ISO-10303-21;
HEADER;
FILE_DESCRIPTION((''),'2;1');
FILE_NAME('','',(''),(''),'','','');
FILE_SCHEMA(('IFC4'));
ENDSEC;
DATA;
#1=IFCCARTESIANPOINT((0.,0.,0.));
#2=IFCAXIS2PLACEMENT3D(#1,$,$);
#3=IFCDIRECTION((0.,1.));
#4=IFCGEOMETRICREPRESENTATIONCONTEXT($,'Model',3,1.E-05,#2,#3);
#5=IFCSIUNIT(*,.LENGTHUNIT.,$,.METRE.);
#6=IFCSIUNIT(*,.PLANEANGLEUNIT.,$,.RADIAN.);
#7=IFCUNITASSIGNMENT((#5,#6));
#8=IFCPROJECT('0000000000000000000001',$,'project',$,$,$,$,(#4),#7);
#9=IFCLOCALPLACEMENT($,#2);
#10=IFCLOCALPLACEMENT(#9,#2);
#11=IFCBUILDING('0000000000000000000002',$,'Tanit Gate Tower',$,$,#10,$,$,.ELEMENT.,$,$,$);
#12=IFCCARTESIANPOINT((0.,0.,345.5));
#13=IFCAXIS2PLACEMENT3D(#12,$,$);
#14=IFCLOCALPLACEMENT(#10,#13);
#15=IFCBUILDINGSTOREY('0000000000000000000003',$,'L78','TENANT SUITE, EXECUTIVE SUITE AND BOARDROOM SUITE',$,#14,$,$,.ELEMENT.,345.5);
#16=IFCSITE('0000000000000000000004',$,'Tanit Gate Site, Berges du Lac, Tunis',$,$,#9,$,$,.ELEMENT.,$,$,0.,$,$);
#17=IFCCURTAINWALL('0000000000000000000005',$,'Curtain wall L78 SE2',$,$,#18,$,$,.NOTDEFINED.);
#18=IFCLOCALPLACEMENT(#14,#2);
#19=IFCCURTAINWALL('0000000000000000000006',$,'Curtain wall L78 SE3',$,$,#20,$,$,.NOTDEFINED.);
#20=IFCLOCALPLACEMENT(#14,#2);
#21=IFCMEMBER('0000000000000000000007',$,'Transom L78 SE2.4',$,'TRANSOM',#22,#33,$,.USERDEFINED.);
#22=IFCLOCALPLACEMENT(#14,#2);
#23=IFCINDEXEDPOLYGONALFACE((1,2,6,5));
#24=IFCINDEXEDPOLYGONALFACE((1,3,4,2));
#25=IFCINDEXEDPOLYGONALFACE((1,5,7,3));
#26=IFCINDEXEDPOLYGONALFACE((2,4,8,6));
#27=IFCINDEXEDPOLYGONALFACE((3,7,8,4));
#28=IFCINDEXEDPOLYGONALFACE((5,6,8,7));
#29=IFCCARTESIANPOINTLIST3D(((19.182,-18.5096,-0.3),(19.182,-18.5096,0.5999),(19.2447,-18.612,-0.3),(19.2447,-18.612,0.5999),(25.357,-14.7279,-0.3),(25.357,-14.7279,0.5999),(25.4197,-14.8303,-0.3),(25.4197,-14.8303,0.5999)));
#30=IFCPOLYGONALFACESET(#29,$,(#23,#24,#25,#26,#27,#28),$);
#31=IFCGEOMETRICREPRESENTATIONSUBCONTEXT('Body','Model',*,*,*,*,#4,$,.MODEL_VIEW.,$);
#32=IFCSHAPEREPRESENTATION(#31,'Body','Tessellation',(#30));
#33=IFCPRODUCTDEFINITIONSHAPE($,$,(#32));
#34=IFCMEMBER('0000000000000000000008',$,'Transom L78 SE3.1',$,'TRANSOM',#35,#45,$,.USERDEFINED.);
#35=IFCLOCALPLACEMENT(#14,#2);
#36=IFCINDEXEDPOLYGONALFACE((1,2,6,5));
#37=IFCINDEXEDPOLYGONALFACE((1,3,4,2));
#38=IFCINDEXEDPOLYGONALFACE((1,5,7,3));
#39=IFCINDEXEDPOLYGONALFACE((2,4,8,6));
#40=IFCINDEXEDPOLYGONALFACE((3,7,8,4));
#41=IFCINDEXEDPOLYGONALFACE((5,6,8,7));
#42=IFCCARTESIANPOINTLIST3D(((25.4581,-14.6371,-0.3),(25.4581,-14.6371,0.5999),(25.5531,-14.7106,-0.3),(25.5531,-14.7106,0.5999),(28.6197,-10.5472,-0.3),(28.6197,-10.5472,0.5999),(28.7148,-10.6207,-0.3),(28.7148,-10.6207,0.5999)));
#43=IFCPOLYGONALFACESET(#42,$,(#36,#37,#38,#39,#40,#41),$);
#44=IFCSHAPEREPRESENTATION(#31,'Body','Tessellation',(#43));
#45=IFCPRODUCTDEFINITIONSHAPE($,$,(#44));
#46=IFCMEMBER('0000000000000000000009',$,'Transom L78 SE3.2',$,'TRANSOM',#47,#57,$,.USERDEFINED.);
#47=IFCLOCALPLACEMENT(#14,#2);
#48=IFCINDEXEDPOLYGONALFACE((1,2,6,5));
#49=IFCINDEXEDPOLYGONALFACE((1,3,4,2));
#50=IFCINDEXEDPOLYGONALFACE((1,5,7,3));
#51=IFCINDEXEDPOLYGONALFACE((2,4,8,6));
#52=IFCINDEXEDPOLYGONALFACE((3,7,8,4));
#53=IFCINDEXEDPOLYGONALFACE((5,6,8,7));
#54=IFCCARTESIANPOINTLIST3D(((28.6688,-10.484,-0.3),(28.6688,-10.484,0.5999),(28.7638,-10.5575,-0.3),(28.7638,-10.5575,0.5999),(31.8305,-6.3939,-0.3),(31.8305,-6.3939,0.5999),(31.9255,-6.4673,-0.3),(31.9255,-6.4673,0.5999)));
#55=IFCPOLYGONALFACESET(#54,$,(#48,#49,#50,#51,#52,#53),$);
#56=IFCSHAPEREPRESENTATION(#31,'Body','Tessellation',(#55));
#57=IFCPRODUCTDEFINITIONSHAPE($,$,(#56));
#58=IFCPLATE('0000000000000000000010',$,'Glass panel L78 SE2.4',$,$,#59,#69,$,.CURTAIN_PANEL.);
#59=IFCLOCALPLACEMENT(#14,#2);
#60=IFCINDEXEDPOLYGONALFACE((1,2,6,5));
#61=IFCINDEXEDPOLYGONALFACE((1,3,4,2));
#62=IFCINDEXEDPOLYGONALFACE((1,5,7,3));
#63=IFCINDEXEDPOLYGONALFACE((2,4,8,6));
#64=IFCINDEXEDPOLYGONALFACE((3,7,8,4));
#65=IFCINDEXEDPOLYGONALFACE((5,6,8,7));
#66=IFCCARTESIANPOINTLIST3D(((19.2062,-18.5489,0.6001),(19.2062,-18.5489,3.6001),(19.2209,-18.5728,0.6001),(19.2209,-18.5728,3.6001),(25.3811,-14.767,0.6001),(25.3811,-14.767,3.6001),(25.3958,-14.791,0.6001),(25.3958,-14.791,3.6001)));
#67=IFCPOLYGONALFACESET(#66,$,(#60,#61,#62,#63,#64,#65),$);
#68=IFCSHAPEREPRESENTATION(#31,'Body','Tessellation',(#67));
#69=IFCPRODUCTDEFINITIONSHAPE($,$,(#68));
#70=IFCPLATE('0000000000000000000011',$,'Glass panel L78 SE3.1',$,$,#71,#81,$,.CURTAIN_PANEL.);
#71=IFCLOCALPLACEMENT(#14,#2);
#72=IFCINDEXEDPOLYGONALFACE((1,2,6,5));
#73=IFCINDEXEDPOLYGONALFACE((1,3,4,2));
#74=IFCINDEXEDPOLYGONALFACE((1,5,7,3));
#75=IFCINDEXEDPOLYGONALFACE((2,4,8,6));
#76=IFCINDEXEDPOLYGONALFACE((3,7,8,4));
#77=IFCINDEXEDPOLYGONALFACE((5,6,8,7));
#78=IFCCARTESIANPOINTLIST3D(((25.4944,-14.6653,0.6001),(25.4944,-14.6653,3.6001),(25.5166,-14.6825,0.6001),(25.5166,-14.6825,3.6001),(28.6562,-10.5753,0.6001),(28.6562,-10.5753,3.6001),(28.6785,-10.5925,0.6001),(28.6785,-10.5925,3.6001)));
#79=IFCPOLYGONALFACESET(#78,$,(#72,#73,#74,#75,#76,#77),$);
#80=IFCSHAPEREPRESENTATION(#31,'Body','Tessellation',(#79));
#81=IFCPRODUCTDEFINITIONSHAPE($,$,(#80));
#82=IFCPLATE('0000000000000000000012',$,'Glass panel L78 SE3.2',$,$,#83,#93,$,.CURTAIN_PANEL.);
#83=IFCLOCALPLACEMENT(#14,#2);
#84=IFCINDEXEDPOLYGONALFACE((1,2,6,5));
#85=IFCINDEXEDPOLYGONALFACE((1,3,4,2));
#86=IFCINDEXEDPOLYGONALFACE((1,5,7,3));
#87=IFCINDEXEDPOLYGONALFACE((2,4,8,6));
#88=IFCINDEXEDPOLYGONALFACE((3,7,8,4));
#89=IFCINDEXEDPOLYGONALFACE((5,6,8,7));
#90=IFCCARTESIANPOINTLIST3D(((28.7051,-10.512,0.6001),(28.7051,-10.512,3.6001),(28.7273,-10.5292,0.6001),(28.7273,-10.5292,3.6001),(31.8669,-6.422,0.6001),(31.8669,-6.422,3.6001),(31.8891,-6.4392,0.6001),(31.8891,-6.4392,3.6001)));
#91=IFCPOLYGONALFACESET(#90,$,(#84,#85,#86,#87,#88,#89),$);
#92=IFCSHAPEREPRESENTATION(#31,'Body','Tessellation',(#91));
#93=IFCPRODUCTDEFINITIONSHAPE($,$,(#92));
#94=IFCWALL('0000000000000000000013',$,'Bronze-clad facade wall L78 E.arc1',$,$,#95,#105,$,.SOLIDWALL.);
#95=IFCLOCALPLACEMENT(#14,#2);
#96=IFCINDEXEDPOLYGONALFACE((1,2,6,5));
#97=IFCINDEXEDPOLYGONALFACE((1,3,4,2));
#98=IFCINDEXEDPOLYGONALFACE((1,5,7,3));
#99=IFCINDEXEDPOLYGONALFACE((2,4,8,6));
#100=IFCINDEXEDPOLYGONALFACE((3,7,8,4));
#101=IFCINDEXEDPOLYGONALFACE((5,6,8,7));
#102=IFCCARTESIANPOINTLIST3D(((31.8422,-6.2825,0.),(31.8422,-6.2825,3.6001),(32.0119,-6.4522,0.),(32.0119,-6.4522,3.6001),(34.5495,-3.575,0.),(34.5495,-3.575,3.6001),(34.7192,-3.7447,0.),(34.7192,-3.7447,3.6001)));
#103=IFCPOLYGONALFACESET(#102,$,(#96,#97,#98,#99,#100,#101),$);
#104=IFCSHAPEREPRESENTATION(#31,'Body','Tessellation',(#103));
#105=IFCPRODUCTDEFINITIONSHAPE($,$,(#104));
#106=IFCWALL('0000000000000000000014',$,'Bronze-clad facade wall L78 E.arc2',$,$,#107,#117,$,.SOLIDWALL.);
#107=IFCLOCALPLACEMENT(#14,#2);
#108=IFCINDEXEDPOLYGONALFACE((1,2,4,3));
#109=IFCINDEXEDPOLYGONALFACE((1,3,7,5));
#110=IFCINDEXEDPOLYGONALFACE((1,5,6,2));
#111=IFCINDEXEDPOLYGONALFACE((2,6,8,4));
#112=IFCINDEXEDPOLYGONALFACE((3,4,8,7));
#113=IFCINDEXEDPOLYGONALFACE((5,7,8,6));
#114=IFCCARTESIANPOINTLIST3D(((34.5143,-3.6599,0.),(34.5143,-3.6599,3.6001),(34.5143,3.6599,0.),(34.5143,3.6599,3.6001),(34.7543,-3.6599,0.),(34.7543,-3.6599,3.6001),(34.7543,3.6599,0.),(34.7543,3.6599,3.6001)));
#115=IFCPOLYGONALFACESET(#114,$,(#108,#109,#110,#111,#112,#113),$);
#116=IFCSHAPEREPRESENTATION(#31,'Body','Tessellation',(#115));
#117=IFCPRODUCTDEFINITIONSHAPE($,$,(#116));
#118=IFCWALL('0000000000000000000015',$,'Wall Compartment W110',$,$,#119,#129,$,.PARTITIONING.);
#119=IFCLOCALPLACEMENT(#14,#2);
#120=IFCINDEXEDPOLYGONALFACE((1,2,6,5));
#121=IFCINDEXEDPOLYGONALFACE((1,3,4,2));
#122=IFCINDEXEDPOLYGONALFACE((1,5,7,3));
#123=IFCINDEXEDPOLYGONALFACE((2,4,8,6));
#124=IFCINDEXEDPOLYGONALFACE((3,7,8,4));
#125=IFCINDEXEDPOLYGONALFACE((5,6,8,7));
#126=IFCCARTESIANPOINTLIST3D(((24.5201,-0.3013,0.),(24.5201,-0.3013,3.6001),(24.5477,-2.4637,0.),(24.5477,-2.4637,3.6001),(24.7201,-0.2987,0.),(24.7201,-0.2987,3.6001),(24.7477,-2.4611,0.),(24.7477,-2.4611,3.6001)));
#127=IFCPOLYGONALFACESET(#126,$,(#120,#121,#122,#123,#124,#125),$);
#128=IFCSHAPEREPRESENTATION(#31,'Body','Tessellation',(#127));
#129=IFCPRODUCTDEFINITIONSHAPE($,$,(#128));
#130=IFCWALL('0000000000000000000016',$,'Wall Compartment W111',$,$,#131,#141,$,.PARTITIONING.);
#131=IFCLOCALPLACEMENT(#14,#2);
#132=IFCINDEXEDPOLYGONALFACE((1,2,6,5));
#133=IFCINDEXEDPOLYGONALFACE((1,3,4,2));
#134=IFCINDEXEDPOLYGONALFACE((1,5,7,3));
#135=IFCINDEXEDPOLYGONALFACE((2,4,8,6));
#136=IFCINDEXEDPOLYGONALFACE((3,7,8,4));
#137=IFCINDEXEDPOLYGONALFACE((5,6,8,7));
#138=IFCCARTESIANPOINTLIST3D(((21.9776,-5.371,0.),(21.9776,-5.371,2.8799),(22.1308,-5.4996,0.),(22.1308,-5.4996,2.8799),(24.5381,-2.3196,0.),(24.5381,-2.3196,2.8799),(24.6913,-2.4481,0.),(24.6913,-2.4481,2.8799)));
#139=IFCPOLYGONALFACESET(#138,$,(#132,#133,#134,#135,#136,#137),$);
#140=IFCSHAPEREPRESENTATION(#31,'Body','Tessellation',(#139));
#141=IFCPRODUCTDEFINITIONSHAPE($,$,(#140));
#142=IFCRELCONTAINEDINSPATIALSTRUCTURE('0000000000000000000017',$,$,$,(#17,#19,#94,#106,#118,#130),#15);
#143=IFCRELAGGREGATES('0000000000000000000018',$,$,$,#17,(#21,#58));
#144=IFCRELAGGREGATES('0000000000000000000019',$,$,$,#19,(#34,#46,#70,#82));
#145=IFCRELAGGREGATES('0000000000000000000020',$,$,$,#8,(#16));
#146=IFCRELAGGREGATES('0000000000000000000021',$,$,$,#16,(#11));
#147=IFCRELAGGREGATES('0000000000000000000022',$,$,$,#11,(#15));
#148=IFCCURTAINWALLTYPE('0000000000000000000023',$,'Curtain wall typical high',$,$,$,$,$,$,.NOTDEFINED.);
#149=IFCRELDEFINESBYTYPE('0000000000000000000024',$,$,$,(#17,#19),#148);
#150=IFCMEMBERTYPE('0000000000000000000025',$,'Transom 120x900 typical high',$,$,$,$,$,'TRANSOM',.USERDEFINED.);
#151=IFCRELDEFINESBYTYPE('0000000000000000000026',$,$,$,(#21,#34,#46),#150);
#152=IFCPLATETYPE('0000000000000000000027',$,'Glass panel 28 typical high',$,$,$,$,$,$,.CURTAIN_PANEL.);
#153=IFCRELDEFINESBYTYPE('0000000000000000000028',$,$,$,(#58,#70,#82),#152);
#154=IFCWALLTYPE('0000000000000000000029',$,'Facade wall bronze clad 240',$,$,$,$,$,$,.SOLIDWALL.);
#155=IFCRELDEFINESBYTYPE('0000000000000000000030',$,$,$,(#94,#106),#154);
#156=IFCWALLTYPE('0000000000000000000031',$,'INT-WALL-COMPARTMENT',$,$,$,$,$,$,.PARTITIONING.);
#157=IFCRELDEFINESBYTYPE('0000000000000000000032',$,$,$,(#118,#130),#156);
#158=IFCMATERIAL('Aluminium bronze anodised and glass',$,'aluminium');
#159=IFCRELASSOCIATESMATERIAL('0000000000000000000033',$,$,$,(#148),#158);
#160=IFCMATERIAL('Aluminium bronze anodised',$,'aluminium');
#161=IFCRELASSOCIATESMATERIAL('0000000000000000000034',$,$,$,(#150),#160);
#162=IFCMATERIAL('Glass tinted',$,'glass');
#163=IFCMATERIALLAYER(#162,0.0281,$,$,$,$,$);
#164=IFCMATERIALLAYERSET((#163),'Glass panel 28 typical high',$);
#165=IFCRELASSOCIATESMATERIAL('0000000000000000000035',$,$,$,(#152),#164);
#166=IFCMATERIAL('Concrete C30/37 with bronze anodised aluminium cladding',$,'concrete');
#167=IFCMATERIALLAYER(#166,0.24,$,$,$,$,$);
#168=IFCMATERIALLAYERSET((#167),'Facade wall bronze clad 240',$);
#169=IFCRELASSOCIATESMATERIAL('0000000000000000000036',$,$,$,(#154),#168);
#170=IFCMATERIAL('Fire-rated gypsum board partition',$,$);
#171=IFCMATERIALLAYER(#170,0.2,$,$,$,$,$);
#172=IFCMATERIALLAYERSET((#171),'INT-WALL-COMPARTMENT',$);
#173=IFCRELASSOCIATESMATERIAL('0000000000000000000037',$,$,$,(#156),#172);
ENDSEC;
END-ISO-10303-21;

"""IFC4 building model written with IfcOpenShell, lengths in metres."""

from ifc_helpers import new_model, si_unit, direction, frame, frame_2d, origin, origin_2d, place, context, subcontext, project, spatial, rectangle, extrude, material, layer, layer_set, material_profile, profile_set, type_object, element, aggregate, save


model = new_model("IFC4")

# Units and contexts
model_context = context("Model", 3, precision=1e-05, world=origin(), true_north=direction((0.0, 1.0)))
body_context = subcontext(model_context, "Body", "Model", "MODEL_VIEW")
ifc_project = project(units=[si_unit("LENGTHUNIT", "METRE"), si_unit("PLANEANGLEUNIT", "RADIAN")], contexts=[model_context])

# Site, building, storey
site_placement = place(None, origin())
site = spatial("IfcSite", under=ifc_project, at=site_placement, Name="Tanit Gate Site, Berges du Lac, Tunis", CompositionType="ELEMENT", RefElevation=0.0)
building_placement = place(site_placement, origin())
building = spatial("IfcBuilding", under=site, at=building_placement, Name="Tanit Gate Tower", CompositionType="ELEMENT")
storey_placement = place(building_placement, frame((0.0, 0.0, 345.5)))
storey = spatial("IfcBuildingStorey", under=building, at=storey_placement, Name="L78", Description="TENANT SUITE, EXECUTIVE SUITE AND BOARDROOM SUITE", CompositionType="ELEMENT", Elevation=345.5)

# Curtain wall
ifc_material_1 = material(Name="Aluminium bronze anodised and glass", Category="aluminium")
curtain_wall_type = type_object("IfcCurtainWallType", Name="Curtain wall typical high", PredefinedType="NOTDEFINED", material=ifc_material_1)
curtain_wall_1_placement = place(storey_placement, origin())
curtain_wall_1 = element("IfcCurtainWall", 1, at=curtain_wall_1_placement, inside=storey, type_object=curtain_wall_type, Name="Curtain wall L78 SE2", PredefinedType="NOTDEFINED")

# Curtain wall
curtain_wall_2_placement = place(storey_placement, origin())
curtain_wall_2 = element("IfcCurtainWall", 2, at=curtain_wall_2_placement, inside=storey, type_object=curtain_wall_type, Name="Curtain wall L78 SE3", PredefinedType="NOTDEFINED")

# Members
ifc_material_2 = material(Name="Aluminium bronze anodised", Category="aluminium")
ifc_material_profile_1 = material_profile(ifc_material_2, rectangle(XDim=0.1201, YDim=0.8999, at=origin_2d()), Name="120x900 bronze transom")
ifc_profile_set_1 = profile_set([ifc_material_profile_1], Name="Aluminium bronze anodised")
member_type_1 = type_object("IfcMemberType", Name="Transom 120x900 typical high", ElementType="TRANSOM", PredefinedType="USERDEFINED", material=ifc_profile_set_1)
member_1_placement = place(storey_placement, frame((19.2134, -18.5608, 0.1499), z_axis=(0.852784, 0.522264, 0.0), x_axis=(-0.522264, 0.852784, 0.0)))
member_1 = element("IfcMember", 3, at=member_1_placement, type_object=member_type_1, Name="Transom L78 SE2.4", ObjectType="TRANSOM", PredefinedType="USERDEFINED", context=body_context, shape_type="SweptSolid", body=[
    extrude(rectangle(XDim=0.1201, YDim=0.8999, at=origin_2d()), origin(), (0.0, 0.0, 1.0), 7.241),
])
member_2_placement = place(storey_placement, frame((25.5056, -14.6738, 0.1499), z_axis=(0.611603, 0.791165, 0.0), x_axis=(-0.791165, 0.611603, 0.0)))
member_2 = element("IfcMember", 4, at=member_2_placement, type_object=member_type_1, Name="Transom L78 SE3.1", ObjectType="TRANSOM", PredefinedType="USERDEFINED", context=body_context, shape_type="SweptSolid", body=[
    extrude(rectangle(XDim=0.1201, YDim=0.8999, at=origin_2d()), origin(), (0.0, 0.0, 1.0), 5.1694),
])
member_3_placement = place(storey_placement, frame((28.7163, -10.5208, 0.1499), z_axis=(0.611581, 0.791182, 0.0), x_axis=(-0.791182, 0.611581, 0.0)))
member_3 = element("IfcMember", 5, at=member_3_placement, type_object=member_type_1, Name="Transom L78 SE3.2", ObjectType="TRANSOM", PredefinedType="USERDEFINED", context=body_context, shape_type="SweptSolid", body=[
    extrude(rectangle(XDim=0.1201, YDim=0.8999, at=origin_2d()), origin(), (0.0, 0.0, 1.0), 5.1697),
])

# Plates
ifc_material_3 = material(Name="Glass tinted", Category="glass")
ifc_layer_1 = layer(ifc_material_3, 0.0281)
ifc_layer_set_1 = layer_set([ifc_layer_1], Name="Glass panel 28 typical high")
plate_type = type_object("IfcPlateType", Name="Glass panel 28 typical high", PredefinedType="CURTAIN_PANEL", material=ifc_layer_set_1)
plate_1_placement = place(storey_placement, frame((22.301, -16.6699, 0.6001), z_axis=(0.0, 0.0, 1.0), x_axis=(0.852772, 0.522283, 0.0)))
plate_1 = element("IfcPlate", 6, at=plate_1_placement, type_object=plate_type, Name="Glass panel L78 SE2.4", PredefinedType="CURTAIN_PANEL", context=body_context, shape_type="SweptSolid", body=[
    extrude(rectangle(XDim=7.241, YDim=0.0281, at=origin_2d()), origin(), (0.0, 0.0, 1.0), 3.0),
])
aggregate(curtain_wall_1, [member_1, plate_1])
plate_2_placement = place(storey_placement, frame((27.0864, -12.6289, 0.6001), z_axis=(0.0, 0.0, 1.0), x_axis=(0.611613, 0.791157, 0.0)))
plate_2 = element("IfcPlate", 7, at=plate_2_placement, type_object=plate_type, Name="Glass panel L78 SE3.1", PredefinedType="CURTAIN_PANEL", context=body_context, shape_type="SweptSolid", body=[
    extrude(rectangle(XDim=5.1697, YDim=0.0281, at=origin_2d()), origin(), (0.0, 0.0, 1.0), 3.0),
])
plate_3_placement = place(storey_placement, frame((30.2971, -8.4756, 0.6001), z_axis=(0.0, 0.0, 1.0), x_axis=(0.611613, 0.791157, 0.0)))
plate_3 = element("IfcPlate", 8, at=plate_3_placement, type_object=plate_type, Name="Glass panel L78 SE3.2", PredefinedType="CURTAIN_PANEL", context=body_context, shape_type="SweptSolid", body=[
    extrude(rectangle(XDim=5.1697, YDim=0.0281, at=origin_2d()), origin(), (0.0, 0.0, 1.0), 3.0),
])
aggregate(curtain_wall_2, [member_2, member_3, plate_2, plate_3])

# Walls
ifc_material_4 = material(Name="Concrete C30/37 with bronze anodised aluminium cladding", Category="concrete")
ifc_layer_2 = layer(ifc_material_4, 0.24)
ifc_layer_set_2 = layer_set([ifc_layer_2], Name="Facade wall bronze clad 240")
wall_type_1 = type_object("IfcWallType", Name="Facade wall bronze clad 240", PredefinedType="SOLIDWALL", material=ifc_layer_set_2)
wall_1_placement = place(storey_placement, frame((31.927, -6.3674, 0.0), z_axis=(0.0, 0.0, 1.0), x_axis=(0.707075, 0.707139, 0.0)))
element("IfcWall", 9, at=wall_1_placement, inside=storey, type_object=wall_type_1, Name="Bronze-clad facade wall L78 E.arc1", PredefinedType="SOLIDWALL", context=body_context, shape_type="SweptSolid", body=[
    extrude(rectangle(XDim=3.8289, YDim=0.24, at=frame_2d((1.9146, 0.0))), origin(), (0.0, 0.0, 1.0), 3.6001),
])
wall_2_placement = place(storey_placement, frame((34.6343, -3.6599, 0.0), z_axis=(0.0, 0.0, 1.0), x_axis=(0.0, 1.0, 0.0)))
element("IfcWall", 10, at=wall_2_placement, inside=storey, type_object=wall_type_1, Name="Bronze-clad facade wall L78 E.arc2", PredefinedType="SOLIDWALL", context=body_context, shape_type="SweptSolid", body=[
    extrude(rectangle(XDim=7.3198, YDim=0.24, at=frame_2d((3.6599, 0.0))), origin(), (0.0, 0.0, 1.0), 3.6001),
])
ifc_material_5 = material(Name="Fire-rated gypsum board partition")
ifc_layer_3 = layer(ifc_material_5, 0.2)
ifc_layer_set_3 = layer_set([ifc_layer_3], Name="INT-WALL-COMPARTMENT")
wall_type_2 = type_object("IfcWallType", Name="INT-WALL-COMPARTMENT", PredefinedType="PARTITIONING", material=ifc_layer_set_3)
wall_3_placement = place(storey_placement, frame((24.6477, -2.4624, 0.0), z_axis=(0.0, 0.0, 1.0), x_axis=(-0.012757, 0.999919, 0.0)))
element("IfcWall", 11, at=wall_3_placement, inside=storey, type_object=wall_type_2, Name="Wall Compartment W110", PredefinedType="PARTITIONING", context=body_context, shape_type="SweptSolid", body=[
    extrude(rectangle(XDim=2.1626, YDim=0.2, at=frame_2d((1.0813, 0.0))), origin(), (0.0, 0.0, 1.0), 3.6001),
])
wall_4_placement = place(storey_placement, frame((22.0542, -5.4353, 0.0), z_axis=(0.0, 0.0, 1.0), x_axis=(0.642791, 0.766042, 0.0)))
element("IfcWall", 12, at=wall_4_placement, inside=storey, type_object=wall_type_2, Name="Wall Compartment W111", PredefinedType="PARTITIONING", context=body_context, shape_type="SweptSolid", body=[
    extrude(rectangle(XDim=3.9834, YDim=0.2, at=frame_2d((1.9917, 0.0))), origin(), (0.0, 0.0, 1.0), 2.8799),
])

save(model, "model.ifc")
